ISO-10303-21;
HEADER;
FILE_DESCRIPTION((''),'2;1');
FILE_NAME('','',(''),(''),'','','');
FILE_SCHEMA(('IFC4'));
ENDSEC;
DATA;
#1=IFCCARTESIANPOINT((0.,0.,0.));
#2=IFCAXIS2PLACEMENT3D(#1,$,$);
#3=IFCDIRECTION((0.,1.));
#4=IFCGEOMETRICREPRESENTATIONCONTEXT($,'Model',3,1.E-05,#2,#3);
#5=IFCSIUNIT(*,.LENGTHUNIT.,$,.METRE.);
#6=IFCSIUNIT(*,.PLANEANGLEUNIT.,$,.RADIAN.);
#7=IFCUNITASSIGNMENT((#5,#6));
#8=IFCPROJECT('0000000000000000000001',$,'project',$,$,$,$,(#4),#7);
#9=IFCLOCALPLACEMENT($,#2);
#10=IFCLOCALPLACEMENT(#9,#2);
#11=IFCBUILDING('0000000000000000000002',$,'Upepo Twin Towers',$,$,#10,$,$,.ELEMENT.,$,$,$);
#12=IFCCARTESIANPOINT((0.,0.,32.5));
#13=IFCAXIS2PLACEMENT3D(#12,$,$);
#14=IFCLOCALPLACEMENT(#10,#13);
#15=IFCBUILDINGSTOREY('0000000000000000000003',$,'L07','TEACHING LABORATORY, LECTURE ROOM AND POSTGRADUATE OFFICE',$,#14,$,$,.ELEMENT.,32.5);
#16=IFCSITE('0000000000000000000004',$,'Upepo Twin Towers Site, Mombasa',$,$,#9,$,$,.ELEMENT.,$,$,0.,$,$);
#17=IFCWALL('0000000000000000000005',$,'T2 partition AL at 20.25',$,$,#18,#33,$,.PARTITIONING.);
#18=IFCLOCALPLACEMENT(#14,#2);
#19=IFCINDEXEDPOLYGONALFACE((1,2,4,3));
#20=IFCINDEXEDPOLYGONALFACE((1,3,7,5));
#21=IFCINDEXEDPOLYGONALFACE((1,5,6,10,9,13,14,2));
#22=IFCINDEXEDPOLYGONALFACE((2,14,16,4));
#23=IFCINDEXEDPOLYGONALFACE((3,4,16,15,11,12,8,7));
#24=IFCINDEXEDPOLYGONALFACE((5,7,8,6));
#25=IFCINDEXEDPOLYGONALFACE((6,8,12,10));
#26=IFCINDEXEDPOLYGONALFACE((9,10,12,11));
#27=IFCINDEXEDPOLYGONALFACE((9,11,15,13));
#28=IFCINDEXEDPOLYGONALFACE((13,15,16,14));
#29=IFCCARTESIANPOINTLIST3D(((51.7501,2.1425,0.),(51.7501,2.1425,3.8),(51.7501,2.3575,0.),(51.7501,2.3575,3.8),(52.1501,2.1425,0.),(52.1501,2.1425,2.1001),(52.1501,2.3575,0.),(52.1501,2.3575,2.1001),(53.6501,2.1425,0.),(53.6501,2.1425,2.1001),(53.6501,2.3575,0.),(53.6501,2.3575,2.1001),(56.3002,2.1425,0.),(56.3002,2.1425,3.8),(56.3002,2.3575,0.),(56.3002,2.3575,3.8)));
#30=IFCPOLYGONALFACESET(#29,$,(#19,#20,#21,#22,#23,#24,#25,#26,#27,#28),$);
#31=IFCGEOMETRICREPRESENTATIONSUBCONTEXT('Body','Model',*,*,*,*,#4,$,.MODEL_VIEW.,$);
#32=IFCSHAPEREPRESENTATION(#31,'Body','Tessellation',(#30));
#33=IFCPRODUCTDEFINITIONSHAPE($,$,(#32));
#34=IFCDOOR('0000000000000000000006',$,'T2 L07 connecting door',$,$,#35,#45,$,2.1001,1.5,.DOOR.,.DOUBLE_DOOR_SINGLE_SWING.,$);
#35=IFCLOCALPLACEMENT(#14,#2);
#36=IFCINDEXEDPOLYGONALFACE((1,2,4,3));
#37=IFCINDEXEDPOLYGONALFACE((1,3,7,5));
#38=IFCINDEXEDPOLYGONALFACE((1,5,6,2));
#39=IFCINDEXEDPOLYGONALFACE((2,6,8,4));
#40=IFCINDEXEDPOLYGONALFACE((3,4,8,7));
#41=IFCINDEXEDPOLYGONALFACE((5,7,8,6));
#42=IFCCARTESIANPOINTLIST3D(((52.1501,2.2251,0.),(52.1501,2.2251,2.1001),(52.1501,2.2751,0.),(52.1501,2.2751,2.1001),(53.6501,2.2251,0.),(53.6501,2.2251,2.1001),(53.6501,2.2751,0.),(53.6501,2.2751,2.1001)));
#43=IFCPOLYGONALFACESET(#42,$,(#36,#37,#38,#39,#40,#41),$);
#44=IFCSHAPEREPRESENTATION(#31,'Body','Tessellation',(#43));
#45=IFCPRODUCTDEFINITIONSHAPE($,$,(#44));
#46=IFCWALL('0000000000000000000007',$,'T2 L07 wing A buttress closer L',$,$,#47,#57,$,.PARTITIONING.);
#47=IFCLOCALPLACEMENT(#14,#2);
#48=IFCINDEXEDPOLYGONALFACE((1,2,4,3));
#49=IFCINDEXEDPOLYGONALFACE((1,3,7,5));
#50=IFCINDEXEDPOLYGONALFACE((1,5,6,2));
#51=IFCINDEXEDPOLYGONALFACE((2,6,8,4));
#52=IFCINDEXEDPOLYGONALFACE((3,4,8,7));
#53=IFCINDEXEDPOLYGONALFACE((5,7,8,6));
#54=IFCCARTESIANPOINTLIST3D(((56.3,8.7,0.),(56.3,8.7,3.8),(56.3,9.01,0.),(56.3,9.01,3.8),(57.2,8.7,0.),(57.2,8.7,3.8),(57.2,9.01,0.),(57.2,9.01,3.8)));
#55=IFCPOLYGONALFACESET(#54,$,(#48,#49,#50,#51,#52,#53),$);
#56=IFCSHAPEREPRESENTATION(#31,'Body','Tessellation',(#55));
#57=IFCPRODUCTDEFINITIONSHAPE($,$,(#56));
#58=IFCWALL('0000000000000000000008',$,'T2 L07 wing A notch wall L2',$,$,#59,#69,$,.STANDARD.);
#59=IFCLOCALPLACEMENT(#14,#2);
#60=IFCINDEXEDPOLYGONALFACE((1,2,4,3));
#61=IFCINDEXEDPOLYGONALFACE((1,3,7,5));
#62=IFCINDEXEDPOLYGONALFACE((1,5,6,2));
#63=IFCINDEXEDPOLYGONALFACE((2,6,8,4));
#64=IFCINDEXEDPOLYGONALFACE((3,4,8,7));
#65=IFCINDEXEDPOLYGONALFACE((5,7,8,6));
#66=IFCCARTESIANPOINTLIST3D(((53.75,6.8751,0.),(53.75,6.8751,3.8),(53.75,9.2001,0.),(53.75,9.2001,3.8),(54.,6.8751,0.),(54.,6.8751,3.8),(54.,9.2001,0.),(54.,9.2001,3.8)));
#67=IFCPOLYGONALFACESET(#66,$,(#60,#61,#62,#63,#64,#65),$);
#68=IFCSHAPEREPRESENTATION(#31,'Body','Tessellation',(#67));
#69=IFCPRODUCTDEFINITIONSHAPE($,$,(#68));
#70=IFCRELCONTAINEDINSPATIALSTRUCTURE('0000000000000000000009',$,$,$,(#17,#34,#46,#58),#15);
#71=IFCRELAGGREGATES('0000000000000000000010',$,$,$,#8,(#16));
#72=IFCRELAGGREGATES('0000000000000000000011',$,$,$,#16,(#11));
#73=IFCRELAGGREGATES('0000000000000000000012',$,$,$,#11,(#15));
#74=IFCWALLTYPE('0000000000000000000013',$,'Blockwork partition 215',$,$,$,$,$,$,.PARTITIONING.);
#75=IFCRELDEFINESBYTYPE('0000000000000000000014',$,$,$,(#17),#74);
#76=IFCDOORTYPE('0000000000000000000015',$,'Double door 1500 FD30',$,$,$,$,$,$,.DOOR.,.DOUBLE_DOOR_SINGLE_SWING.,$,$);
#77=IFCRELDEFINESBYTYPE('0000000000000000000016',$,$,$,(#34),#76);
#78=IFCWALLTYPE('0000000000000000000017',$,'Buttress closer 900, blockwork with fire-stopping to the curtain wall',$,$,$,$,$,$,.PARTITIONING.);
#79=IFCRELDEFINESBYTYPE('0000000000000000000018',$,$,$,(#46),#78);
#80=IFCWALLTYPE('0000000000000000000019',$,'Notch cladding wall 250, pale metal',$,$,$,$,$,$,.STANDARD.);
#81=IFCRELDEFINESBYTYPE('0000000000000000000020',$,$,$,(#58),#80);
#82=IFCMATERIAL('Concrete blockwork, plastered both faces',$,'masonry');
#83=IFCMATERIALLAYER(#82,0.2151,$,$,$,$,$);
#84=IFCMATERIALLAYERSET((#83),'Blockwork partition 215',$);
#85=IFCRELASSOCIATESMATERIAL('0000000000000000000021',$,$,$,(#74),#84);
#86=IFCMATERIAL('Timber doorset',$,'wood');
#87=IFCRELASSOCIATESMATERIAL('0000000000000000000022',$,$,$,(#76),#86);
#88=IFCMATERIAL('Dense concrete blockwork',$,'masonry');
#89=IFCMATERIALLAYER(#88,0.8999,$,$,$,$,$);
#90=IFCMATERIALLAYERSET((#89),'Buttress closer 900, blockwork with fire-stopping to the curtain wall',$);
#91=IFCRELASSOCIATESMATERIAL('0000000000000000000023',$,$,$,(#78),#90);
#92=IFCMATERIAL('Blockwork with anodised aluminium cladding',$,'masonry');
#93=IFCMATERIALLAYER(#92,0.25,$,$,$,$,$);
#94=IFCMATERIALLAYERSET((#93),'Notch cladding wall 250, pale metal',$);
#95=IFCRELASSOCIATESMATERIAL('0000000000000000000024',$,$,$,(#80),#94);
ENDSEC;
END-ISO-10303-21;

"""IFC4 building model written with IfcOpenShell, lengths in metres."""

from ifc_helpers import new_model, si_unit, direction, frame, frame_2d, origin, place, context, subcontext, project, spatial, rectangle, extrude, material, layer, layer_set, type_object, element, fill, save


model = new_model("IFC4")

# Units and contexts
model_context = context("Model", 3, precision=1e-05, world=origin(), true_north=direction((0.0, 1.0)))
body_context = subcontext(model_context, "Body", "Model", "MODEL_VIEW")
ifc_project = project(units=[si_unit("LENGTHUNIT", "METRE"), si_unit("PLANEANGLEUNIT", "RADIAN")], contexts=[model_context])

# Site, building, storey
site_placement = place(None, origin())
site = spatial("IfcSite", under=ifc_project, at=site_placement, Name="Upepo Twin Towers Site, Mombasa", CompositionType="ELEMENT", RefElevation=0.0)
building_placement = place(site_placement, origin())
building = spatial("IfcBuilding", under=site, at=building_placement, Name="Upepo Twin Towers", CompositionType="ELEMENT")
storey_placement = place(building_placement, frame((0.0, 0.0, 32.5)))
storey = spatial("IfcBuildingStorey", under=building, at=storey_placement, Name="L07", Description="TEACHING LABORATORY, LECTURE ROOM AND POSTGRADUATE OFFICE", CompositionType="ELEMENT", Elevation=32.5)

# Shared definitions
ifc_material_1 = material(Name="Concrete blockwork, plastered both faces", Category="masonry")
ifc_layer_1 = layer(ifc_material_1, 0.2151)
ifc_layer_set_1 = layer_set([ifc_layer_1], Name="Blockwork partition 215")
wall_type_1 = type_object("IfcWallType", Name="Blockwork partition 215", PredefinedType="PARTITIONING", material=ifc_layer_set_1)

# Wall, opening, door
wall_1_placement = place(storey_placement, frame((56.3, 2.25, 0.0), z_axis=(0.0, 0.0, 1.0), x_axis=(-1.0, 0.0, 0.0)))
wall_1 = element("IfcWall", 1, at=wall_1_placement, inside=storey, type_object=wall_type_1, Name="T2 partition AL at 20.25", PredefinedType="PARTITIONING", context=body_context, shape_type="SweptSolid", body=[
    extrude(rectangle(XDim=4.55, YDim=0.2151, at=frame_2d((2.2749, 0.0))), origin(), (0.0, 0.0, 1.0), 3.8),
])
opening_placement = place(wall_1_placement, frame((2.6499, 0.0, 0.0)))
opening = element("IfcOpeningElement", 2, at=opening_placement, cuts=wall_1, PredefinedType="OPENING", context=body_context, shape_type="SweptSolid", body=[
    extrude(rectangle(XDim=1.5, YDim=2.1001, at=frame_2d((0.75, 1.05))), frame((0.0, 0.1174, 0.0), z_axis=(0.0, -1.0, 0.0), x_axis=(1.0, 0.0, 0.0)), (0.0, 0.0, 1.0), 0.2351),
])
ifc_material_2 = material(Name="Timber doorset", Category="wood")
door_type = type_object("IfcDoorType", Name="Double door 1500 FD30", OperationType="DOUBLE_DOOR_SINGLE_SWING", PredefinedType="DOOR", material=ifc_material_2)
door_placement = place(opening_placement, origin())
door = element("IfcDoor", 3, at=door_placement, inside=storey, type_object=door_type, Name="T2 L07 connecting door", OperationType="DOUBLE_DOOR_SINGLE_SWING", OverallHeight=2.1001, OverallWidth=1.5, PredefinedType="DOOR", context=body_context, shape_type="SweptSolid", body=[
    extrude(rectangle(XDim=1.5, YDim=2.1001, at=frame_2d((0.75, 1.05))), frame((0.0, 0.0249, 0.0), z_axis=(0.0, -1.0, 0.0), x_axis=(1.0, 0.0, 0.0)), (0.0, 0.0, 1.0), 0.05),
])
fill(opening, door)

# Walls
ifc_material_3 = material(Name="Dense concrete blockwork", Category="masonry")
ifc_layer_2 = layer(ifc_material_3, 0.8999)
ifc_layer_set_2 = layer_set([ifc_layer_2], Name="Buttress closer 900, blockwork with fire-stopping to the curtain wall")
wall_type_2 = type_object("IfcWallType", Name="Buttress closer 900, blockwork with fire-stopping to the curtain wall", PredefinedType="PARTITIONING", material=ifc_layer_set_2)
wall_2_placement = place(storey_placement, frame((56.75, 8.7, 0.0), z_axis=(0.0, 0.0, 1.0), x_axis=(0.0, 1.0, 0.0)))
element("IfcWall", 4, at=wall_2_placement, inside=storey, type_object=wall_type_2, Name="T2 L07 wing A buttress closer L", PredefinedType="PARTITIONING", context=body_context, shape_type="SweptSolid", body=[
    extrude(rectangle(XDim=0.3101, YDim=0.8999, at=frame_2d((0.155, 0.0))), origin(), (0.0, 0.0, 1.0), 3.8),
])
ifc_material_4 = material(Name="Blockwork with anodised aluminium cladding", Category="masonry")
ifc_layer_3 = layer(ifc_material_4, 0.25)
ifc_layer_set_3 = layer_set([ifc_layer_3], Name="Notch cladding wall 250, pale metal")
wall_type_3 = type_object("IfcWallType", Name="Notch cladding wall 250, pale metal", PredefinedType="STANDARD", material=ifc_layer_set_3)
wall_3_placement = place(storey_placement, frame((53.875, 6.875, 0.0), z_axis=(0.0, 0.0, 1.0), x_axis=(0.0, 1.0, 0.0)))
element("IfcWall", 5, at=wall_3_placement, inside=storey, type_object=wall_type_3, Name="T2 L07 wing A notch wall L2", PredefinedType="STANDARD", context=body_context, shape_type="SweptSolid", body=[
    extrude(rectangle(XDim=2.325, YDim=0.25, at=frame_2d((1.1626, 0.0))), origin(), (0.0, 0.0, 1.0), 3.8),
])

save(model, "model.ifc")
